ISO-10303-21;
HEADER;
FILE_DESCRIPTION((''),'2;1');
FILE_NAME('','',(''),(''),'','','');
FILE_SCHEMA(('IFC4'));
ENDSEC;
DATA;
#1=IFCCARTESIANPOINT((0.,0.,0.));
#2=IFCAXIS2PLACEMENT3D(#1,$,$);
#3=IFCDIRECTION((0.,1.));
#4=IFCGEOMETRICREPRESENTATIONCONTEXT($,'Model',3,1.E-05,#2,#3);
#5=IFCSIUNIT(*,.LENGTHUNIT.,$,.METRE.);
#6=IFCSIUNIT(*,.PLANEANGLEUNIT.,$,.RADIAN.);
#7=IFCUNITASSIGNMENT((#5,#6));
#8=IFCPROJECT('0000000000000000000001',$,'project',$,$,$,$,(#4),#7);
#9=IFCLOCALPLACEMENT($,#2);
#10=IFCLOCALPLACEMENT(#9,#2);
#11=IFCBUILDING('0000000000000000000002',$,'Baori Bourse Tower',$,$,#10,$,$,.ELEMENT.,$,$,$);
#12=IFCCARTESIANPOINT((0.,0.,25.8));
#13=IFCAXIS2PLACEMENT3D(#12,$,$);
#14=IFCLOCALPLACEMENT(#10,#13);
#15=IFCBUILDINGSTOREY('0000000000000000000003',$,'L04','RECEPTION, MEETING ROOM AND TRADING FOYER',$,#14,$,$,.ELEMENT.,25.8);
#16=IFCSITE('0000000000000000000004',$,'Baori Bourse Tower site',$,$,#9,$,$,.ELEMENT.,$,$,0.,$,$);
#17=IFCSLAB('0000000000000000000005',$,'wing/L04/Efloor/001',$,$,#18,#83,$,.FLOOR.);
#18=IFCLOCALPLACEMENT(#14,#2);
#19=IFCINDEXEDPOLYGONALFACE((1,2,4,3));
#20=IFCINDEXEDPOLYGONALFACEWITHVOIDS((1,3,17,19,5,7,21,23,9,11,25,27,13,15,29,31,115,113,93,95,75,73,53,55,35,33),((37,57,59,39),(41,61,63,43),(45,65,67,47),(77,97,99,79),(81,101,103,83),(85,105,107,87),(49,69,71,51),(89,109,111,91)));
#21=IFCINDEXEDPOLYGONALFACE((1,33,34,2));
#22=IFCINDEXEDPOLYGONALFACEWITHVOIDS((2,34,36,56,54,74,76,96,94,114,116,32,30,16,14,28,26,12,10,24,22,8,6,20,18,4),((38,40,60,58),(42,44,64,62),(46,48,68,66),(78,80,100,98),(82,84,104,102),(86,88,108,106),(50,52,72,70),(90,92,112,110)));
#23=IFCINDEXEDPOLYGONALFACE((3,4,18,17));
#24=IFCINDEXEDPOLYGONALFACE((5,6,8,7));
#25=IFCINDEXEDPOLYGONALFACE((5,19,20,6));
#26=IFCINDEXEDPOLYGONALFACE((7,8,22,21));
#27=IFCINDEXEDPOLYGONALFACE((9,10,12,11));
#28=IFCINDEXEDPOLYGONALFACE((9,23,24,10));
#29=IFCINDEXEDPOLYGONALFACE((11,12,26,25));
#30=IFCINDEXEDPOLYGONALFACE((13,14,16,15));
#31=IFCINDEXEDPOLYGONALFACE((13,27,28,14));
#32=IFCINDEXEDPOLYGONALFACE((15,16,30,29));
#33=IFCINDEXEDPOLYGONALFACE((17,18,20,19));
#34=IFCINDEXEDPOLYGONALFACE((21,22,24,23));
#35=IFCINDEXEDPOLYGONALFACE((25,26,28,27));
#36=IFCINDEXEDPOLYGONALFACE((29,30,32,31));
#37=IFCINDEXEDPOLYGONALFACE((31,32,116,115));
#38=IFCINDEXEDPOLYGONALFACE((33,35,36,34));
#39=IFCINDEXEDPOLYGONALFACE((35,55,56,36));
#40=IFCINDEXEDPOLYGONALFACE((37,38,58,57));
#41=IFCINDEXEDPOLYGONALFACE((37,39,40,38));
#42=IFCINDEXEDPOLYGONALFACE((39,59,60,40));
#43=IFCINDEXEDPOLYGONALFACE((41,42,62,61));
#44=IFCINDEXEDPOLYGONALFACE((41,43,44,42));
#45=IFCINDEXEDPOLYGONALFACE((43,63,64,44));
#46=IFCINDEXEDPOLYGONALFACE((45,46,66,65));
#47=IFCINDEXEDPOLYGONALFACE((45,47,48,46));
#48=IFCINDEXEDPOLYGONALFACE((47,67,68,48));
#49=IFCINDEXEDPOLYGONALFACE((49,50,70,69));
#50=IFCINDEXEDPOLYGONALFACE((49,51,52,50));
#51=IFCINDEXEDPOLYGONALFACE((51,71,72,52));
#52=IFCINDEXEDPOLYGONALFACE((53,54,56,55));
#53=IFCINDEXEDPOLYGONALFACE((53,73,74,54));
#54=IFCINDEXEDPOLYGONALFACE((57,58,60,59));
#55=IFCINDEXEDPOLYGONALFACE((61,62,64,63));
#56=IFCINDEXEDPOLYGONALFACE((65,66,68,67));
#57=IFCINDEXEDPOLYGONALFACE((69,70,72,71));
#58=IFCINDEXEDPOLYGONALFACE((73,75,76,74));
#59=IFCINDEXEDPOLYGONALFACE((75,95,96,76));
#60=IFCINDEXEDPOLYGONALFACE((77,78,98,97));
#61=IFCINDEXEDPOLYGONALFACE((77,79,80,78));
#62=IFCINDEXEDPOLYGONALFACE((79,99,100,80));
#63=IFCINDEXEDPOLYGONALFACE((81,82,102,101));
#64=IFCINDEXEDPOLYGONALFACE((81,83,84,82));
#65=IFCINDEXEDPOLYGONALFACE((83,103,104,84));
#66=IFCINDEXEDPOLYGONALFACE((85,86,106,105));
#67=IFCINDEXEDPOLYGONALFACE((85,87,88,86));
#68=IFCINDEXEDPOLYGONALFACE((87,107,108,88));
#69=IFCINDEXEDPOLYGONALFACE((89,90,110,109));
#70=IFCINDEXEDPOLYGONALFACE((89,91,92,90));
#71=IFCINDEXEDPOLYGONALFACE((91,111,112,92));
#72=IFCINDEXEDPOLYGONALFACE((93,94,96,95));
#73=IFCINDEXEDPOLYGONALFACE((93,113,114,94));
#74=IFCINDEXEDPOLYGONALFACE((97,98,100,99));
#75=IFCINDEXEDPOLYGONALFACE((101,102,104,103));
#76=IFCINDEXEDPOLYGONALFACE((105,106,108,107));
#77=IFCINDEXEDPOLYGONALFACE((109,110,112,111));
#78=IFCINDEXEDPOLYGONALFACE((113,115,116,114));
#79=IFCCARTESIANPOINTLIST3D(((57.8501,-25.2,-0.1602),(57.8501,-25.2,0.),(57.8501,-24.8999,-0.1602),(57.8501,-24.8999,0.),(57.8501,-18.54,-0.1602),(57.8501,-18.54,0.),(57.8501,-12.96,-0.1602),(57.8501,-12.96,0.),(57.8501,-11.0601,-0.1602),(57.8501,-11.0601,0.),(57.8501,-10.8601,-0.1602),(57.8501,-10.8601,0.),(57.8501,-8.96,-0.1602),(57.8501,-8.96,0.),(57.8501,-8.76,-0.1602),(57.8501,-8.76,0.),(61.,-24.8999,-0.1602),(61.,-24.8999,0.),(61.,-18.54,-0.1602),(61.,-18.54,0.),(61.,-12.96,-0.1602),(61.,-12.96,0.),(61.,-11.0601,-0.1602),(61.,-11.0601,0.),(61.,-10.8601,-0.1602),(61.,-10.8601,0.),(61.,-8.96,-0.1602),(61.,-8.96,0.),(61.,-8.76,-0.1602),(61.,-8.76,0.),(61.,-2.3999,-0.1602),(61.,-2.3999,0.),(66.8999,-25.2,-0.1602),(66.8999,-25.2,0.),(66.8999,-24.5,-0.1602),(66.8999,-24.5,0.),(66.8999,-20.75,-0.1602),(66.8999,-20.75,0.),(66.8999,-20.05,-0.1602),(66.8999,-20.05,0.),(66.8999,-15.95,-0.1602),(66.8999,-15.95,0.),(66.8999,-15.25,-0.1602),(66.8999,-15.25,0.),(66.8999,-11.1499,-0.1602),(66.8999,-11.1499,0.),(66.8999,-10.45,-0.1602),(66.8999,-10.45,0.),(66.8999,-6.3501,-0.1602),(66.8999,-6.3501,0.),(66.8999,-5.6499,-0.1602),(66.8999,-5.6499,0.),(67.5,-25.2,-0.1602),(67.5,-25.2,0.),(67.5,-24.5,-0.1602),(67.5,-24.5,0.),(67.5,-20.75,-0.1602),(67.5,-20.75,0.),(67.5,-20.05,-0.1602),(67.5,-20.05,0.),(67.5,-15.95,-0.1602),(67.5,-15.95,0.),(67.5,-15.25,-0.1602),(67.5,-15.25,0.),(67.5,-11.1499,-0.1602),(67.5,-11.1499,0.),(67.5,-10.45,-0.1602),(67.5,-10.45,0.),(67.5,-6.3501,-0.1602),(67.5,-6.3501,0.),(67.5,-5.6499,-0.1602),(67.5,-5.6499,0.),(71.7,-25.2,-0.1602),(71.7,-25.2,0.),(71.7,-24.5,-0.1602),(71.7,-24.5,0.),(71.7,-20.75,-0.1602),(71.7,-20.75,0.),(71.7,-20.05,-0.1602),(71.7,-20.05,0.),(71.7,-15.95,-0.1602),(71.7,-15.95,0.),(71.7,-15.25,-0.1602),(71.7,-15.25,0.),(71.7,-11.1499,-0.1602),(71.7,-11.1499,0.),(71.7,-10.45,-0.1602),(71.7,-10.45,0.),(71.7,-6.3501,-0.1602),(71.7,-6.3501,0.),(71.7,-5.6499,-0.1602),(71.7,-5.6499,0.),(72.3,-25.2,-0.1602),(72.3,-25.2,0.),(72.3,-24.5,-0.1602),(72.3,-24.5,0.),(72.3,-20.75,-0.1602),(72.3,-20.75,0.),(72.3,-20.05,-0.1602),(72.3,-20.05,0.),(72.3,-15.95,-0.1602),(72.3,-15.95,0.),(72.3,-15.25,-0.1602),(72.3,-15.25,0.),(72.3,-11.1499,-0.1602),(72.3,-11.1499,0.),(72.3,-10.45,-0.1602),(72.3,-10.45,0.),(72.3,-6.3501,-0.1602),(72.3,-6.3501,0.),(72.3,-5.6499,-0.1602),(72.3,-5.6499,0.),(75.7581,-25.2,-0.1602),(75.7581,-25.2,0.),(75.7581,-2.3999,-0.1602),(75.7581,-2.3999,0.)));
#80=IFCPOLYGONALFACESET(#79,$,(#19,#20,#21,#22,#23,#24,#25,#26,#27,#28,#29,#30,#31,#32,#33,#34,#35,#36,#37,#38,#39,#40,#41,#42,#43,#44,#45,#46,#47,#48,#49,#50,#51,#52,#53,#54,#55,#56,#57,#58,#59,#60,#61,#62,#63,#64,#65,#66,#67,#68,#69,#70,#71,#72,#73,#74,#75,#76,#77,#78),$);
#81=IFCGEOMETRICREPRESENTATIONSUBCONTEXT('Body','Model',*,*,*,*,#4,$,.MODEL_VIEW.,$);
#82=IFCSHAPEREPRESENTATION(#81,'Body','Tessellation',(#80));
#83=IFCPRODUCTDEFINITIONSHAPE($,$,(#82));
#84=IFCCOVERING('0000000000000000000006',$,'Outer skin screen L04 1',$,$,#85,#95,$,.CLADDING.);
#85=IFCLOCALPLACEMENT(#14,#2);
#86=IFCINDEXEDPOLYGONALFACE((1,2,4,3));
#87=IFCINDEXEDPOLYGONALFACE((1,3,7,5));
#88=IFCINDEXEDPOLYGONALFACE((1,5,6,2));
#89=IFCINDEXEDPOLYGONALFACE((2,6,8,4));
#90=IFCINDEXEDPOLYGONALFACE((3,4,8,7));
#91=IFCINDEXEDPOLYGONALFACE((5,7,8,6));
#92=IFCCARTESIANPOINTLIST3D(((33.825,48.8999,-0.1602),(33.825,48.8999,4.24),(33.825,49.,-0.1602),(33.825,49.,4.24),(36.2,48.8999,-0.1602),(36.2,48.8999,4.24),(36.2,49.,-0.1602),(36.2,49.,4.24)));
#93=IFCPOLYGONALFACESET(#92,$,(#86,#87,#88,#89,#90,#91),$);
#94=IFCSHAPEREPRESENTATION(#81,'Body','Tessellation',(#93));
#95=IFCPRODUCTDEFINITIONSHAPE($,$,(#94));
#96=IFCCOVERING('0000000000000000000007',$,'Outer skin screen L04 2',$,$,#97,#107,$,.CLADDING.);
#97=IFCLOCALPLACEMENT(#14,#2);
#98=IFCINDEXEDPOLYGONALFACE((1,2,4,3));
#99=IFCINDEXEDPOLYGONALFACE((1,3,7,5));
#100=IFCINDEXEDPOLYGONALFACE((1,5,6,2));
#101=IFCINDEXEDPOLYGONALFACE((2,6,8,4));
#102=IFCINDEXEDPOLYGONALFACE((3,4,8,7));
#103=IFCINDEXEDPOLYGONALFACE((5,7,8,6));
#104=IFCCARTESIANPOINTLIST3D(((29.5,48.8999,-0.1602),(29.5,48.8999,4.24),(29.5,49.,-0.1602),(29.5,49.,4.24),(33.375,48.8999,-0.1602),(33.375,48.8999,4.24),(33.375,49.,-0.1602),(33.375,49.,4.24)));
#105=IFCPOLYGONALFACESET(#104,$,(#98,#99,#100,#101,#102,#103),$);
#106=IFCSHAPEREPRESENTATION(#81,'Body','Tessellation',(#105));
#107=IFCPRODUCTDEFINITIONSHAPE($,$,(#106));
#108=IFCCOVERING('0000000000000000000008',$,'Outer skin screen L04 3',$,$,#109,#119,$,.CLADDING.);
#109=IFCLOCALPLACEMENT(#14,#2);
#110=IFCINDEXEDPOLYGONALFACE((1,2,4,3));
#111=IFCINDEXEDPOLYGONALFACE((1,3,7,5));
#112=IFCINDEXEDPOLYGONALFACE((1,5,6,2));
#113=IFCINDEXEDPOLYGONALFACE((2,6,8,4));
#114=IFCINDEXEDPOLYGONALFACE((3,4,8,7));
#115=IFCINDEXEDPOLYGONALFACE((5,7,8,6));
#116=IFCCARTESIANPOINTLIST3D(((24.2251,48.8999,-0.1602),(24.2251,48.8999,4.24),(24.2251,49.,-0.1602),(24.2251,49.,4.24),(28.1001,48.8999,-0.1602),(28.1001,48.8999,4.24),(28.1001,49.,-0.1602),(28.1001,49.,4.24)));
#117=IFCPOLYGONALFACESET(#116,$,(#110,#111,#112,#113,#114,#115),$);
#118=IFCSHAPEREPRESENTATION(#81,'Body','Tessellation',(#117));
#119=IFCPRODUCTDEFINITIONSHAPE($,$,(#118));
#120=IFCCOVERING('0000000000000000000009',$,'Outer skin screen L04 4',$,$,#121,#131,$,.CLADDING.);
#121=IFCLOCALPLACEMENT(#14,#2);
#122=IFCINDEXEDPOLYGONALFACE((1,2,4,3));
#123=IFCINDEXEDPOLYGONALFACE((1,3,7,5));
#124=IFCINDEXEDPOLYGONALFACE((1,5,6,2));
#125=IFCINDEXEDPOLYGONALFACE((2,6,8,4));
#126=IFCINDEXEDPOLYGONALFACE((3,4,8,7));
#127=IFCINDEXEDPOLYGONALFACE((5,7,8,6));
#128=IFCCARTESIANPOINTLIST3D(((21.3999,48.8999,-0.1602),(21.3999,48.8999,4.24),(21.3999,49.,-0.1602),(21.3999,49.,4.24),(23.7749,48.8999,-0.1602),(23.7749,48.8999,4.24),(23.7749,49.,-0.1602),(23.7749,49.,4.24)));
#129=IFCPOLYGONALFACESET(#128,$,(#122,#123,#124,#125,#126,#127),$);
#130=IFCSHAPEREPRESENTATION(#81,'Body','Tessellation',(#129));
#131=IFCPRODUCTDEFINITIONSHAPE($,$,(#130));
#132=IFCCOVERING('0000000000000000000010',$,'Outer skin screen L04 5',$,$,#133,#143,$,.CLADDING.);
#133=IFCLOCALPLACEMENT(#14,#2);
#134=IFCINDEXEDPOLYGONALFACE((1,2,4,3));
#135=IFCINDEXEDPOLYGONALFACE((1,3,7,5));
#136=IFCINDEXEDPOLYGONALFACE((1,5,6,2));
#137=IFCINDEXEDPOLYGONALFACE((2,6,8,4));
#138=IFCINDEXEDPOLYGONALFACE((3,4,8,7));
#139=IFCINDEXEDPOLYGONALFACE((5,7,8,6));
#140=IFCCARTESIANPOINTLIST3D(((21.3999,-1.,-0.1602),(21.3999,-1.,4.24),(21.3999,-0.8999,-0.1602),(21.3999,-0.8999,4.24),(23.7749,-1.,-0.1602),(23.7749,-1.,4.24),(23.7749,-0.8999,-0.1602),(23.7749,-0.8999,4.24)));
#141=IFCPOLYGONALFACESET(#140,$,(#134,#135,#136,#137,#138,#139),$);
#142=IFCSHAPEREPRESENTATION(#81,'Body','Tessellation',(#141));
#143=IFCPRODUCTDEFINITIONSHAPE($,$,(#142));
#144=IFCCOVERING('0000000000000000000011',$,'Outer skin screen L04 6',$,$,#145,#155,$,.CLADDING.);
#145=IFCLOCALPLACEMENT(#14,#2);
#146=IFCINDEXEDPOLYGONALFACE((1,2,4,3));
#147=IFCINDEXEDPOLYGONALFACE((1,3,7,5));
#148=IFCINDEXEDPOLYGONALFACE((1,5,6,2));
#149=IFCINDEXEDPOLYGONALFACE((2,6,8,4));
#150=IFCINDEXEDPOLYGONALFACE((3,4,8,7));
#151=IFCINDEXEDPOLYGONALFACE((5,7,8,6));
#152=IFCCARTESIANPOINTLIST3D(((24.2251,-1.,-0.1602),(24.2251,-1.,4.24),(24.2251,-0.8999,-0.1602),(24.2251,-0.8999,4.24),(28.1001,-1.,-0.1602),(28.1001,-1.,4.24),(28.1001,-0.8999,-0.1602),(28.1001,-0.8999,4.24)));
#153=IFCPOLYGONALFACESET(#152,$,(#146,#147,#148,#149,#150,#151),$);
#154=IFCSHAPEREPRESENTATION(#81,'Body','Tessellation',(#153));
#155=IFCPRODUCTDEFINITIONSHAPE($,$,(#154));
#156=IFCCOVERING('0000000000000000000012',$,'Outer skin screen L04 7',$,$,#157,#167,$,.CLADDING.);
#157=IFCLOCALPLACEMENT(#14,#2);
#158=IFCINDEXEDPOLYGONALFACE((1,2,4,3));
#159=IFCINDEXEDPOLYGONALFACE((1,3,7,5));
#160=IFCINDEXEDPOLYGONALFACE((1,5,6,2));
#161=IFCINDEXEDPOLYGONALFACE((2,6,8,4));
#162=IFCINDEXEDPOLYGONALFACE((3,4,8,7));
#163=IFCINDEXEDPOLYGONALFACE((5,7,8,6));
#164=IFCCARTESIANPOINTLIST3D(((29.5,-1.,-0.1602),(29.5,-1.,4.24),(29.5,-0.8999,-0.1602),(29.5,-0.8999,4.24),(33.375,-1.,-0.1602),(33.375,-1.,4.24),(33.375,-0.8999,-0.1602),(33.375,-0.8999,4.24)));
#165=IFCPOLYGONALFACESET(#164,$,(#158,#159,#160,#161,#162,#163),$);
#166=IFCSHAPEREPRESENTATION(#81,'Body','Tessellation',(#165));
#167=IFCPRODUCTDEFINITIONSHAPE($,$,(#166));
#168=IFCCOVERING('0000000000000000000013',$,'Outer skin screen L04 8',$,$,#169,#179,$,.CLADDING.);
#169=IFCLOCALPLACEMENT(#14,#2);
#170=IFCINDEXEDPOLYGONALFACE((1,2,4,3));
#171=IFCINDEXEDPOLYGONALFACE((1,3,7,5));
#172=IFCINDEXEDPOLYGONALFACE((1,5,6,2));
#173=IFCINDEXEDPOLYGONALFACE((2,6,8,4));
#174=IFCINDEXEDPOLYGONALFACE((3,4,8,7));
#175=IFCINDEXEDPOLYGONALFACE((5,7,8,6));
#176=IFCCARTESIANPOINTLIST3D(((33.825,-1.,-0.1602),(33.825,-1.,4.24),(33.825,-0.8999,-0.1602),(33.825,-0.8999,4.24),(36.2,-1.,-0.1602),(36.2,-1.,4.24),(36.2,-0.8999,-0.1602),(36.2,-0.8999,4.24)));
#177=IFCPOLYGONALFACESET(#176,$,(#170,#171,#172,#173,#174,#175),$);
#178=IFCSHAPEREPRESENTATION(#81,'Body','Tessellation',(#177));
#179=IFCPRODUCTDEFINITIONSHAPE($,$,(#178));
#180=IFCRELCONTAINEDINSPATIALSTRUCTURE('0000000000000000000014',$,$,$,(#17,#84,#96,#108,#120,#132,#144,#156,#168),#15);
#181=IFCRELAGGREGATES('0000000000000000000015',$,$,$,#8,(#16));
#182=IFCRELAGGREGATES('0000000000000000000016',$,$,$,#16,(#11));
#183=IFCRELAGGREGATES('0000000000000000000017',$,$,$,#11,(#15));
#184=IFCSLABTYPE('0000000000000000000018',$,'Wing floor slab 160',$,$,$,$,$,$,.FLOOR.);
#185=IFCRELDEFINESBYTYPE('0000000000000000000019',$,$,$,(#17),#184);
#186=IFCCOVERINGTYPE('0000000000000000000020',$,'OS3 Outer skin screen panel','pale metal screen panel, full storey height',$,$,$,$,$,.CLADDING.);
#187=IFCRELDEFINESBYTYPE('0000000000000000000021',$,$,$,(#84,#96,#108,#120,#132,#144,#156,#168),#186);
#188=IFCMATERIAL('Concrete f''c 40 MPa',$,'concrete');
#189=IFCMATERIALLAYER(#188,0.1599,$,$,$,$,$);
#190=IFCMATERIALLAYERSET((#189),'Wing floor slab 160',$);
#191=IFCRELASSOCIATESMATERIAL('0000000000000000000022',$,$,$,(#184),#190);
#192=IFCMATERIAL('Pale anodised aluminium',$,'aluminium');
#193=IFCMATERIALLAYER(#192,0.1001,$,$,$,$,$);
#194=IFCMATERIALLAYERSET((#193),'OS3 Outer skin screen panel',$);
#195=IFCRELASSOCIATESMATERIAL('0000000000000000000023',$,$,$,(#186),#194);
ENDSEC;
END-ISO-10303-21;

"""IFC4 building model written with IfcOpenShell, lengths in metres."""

from ifc_helpers import new_model, si_unit, direction, frame, origin, place, context, subcontext, project, spatial, polyline, outline, extrude, material, layer, layer_set, type_object, element, save


model = new_model("IFC4")

# Units and contexts
model_context = context("Model", 3, precision=1e-05, world=origin(), true_north=direction((0.0, 1.0)))
body_context = subcontext(model_context, "Body", "Model", "MODEL_VIEW")
ifc_project = project(units=[si_unit("LENGTHUNIT", "METRE"), si_unit("PLANEANGLEUNIT", "RADIAN")], contexts=[model_context])

# Site, building, storey
site_placement = place(None, origin())
site = spatial("IfcSite", under=ifc_project, at=site_placement, Name="Baori Bourse Tower site", CompositionType="ELEMENT", RefElevation=0.0)
building_placement = place(site_placement, origin())
building = spatial("IfcBuilding", under=site, at=building_placement, Name="Baori Bourse Tower", CompositionType="ELEMENT")
storey_placement = place(building_placement, frame((0.0, 0.0, 25.8)))
storey = spatial("IfcBuildingStorey", under=building, at=storey_placement, Name="L04", Description="RECEPTION, MEETING ROOM AND TRADING FOYER", CompositionType="ELEMENT", Elevation=25.8)

# Slab
ifc_material_1 = material(Name="Concrete f'c 40 MPa", Category="concrete")
ifc_layer_1 = layer(ifc_material_1, 0.1599)
ifc_layer_set_1 = layer_set([ifc_layer_1], Name="Wing floor slab 160")
slab_type = type_object("IfcSlabType", Name="Wing floor slab 160", PredefinedType="FLOOR", material=ifc_layer_set_1)
slab_1_placement = place(storey_placement, frame((0.0, 0.0, -0.1602)))
element("IfcSlab", 1, at=slab_1_placement, inside=storey, type_object=slab_type, Name="wing/L04/Efloor/001", PredefinedType="FLOOR", context=body_context, shape_type="SweptSolid", body=[
    extrude(outline(polyline([(61.0, -10.8601), (57.8501, -10.8601), (57.8501, -11.0601), (61.0, -11.0601), (61.0, -12.96), (57.8501, -12.96), (57.8501, -18.54), (61.0, -18.54), (61.0, -24.8999), (57.8501, -24.8999), (57.8501, -25.2), (66.8999, -25.2), (66.8999, -24.5), (67.5, -24.5), (67.5, -25.2), (71.7, -25.2), (71.7, -24.5), (72.3, -24.5), (72.3, -25.2), (75.7581, -25.2), (75.7581, -2.3999), (61.0, -2.3999), (61.0, -8.76), (57.8501, -8.76), (57.8501, -8.96), (61.0, -8.96), (61.0, -10.8601)]), holes=[polyline([(71.7, -20.05), (71.7, -20.75), (72.3, -20.75), (72.3, -20.05), (71.7, -20.05)]), polyline([(71.7, -15.95), (72.3, -15.95), (72.3, -15.25), (71.7, -15.25), (71.7, -15.95)]), polyline([(72.3, -11.1499), (72.3, -10.45), (71.7, -10.45), (71.7, -11.1499), (72.3, -11.1499)]), polyline([(72.3, -5.6499), (71.7, -5.6499), (71.7, -6.3501), (72.3, -6.3501), (72.3, -5.6499)]), polyline([(66.8999, -20.75), (67.5, -20.75), (67.5, -20.05), (66.8999, -20.05), (66.8999, -20.75)]), polyline([(67.5, -15.95), (67.5, -15.25), (66.8999, -15.25), (66.8999, -15.95), (67.5, -15.95)]), polyline([(67.5, -10.45), (66.8999, -10.45), (66.8999, -11.1499), (67.5, -11.1499), (67.5, -10.45)]), polyline([(66.8999, -5.6499), (66.8999, -6.3501), (67.5, -6.3501), (67.5, -5.6499), (66.8999, -5.6499)])]), origin(), (0.0, 0.0, 1.0), 0.1602),
])

# Coverings
ifc_material_2 = material(Name="Pale anodised aluminium", Category="aluminium")
ifc_layer_2 = layer(ifc_material_2, 0.1001)
ifc_layer_set_2 = layer_set([ifc_layer_2], Name="OS3 Outer skin screen panel")
covering_type_1 = type_object("IfcCoveringType", Name="OS3 Outer skin screen panel", Description="pale metal screen panel, full storey height", PredefinedType="CLADDING", material=ifc_layer_set_2)
covering_1_placement = place(storey_placement, frame((0.0, 0.0, -0.1602)))
element("IfcCovering", 2, at=covering_1_placement, inside=storey, type_object=covering_type_1, Name="Outer skin screen L04 1", PredefinedType="CLADDING", context=body_context, shape_type="SweptSolid", body=[
    extrude(outline(polyline([(33.825, 48.8999), (36.2, 48.8999), (36.2, 49.0), (33.825, 49.0), (33.825, 48.8999)])), origin(), (0.0, 0.0, 1.0), 4.4001),
])
covering_2_placement = place(storey_placement, frame((0.0, 0.0, -0.1602)))
element("IfcCovering", 3, at=covering_2_placement, inside=storey, type_object=covering_type_1, Name="Outer skin screen L04 2", PredefinedType="CLADDING", context=body_context, shape_type="SweptSolid", body=[
    extrude(outline(polyline([(29.5, 48.8999), (33.375, 48.8999), (33.375, 49.0), (29.5, 49.0), (29.5, 48.8999)])), origin(), (0.0, 0.0, 1.0), 4.4001),
])
covering_3_placement = place(storey_placement, frame((0.0, 0.0, -0.1602)))
element("IfcCovering", 4, at=covering_3_placement, inside=storey, type_object=covering_type_1, Name="Outer skin screen L04 3", PredefinedType="CLADDING", context=body_context, shape_type="SweptSolid", body=[
    extrude(outline(polyline([(24.2251, 48.8999), (28.1001, 48.8999), (28.1001, 49.0), (24.2251, 49.0), (24.2251, 48.8999)])), origin(), (0.0, 0.0, 1.0), 4.4001),
])
covering_4_placement = place(storey_placement, frame((0.0, 0.0, -0.1602)))
element("IfcCovering", 5, at=covering_4_placement, inside=storey, type_object=covering_type_1, Name="Outer skin screen L04 4", PredefinedType="CLADDING", context=body_context, shape_type="SweptSolid", body=[
    extrude(outline(polyline([(21.3999, 48.8999), (23.7749, 48.8999), (23.7749, 49.0), (21.3999, 49.0), (21.3999, 48.8999)])), origin(), (0.0, 0.0, 1.0), 4.4001),
])
covering_5_placement = place(storey_placement, frame((0.0, 0.0, -0.1602)))
element("IfcCovering", 6, at=covering_5_placement, inside=storey, type_object=covering_type_1, Name="Outer skin screen L04 5", PredefinedType="CLADDING", context=body_context, shape_type="SweptSolid", body=[
    extrude(outline(polyline([(23.7749, -0.8999), (21.3999, -0.8999), (21.3999, -1.0), (23.7749, -1.0), (23.7749, -0.8999)])), origin(), (0.0, 0.0, 1.0), 4.4001),
])
covering_6_placement = place(storey_placement, frame((0.0, 0.0, -0.1602)))
element("IfcCovering", 7, at=covering_6_placement, inside=storey, type_object=covering_type_1, Name="Outer skin screen L04 6", PredefinedType="CLADDING", context=body_context, shape_type="SweptSolid", body=[
    extrude(outline(polyline([(28.1001, -0.8999), (24.2251, -0.8999), (24.2251, -1.0), (28.1001, -1.0), (28.1001, -0.8999)])), origin(), (0.0, 0.0, 1.0), 4.4001),
])
covering_7_placement = place(storey_placement, frame((0.0, 0.0, -0.1602)))
element("IfcCovering", 8, at=covering_7_placement, inside=storey, type_object=covering_type_1, Name="Outer skin screen L04 7", PredefinedType="CLADDING", context=body_context, shape_type="SweptSolid", body=[
    extrude(outline(polyline([(33.375, -0.8999), (29.5, -0.8999), (29.5, -1.0), (33.375, -1.0), (33.375, -0.8999)])), origin(), (0.0, 0.0, 1.0), 4.4001),
])
covering_8_placement = place(storey_placement, frame((0.0, 0.0, -0.1602)))
element("IfcCovering", 9, at=covering_8_placement, inside=storey, type_object=covering_type_1, Name="Outer skin screen L04 8", PredefinedType="CLADDING", context=body_context, shape_type="SweptSolid", body=[
    extrude(outline(polyline([(36.2, -0.8999), (33.825, -0.8999), (33.825, -1.0), (36.2, -1.0), (36.2, -0.8999)])), origin(), (0.0, 0.0, 1.0), 4.4001),
])

save(model, "model.ifc")
